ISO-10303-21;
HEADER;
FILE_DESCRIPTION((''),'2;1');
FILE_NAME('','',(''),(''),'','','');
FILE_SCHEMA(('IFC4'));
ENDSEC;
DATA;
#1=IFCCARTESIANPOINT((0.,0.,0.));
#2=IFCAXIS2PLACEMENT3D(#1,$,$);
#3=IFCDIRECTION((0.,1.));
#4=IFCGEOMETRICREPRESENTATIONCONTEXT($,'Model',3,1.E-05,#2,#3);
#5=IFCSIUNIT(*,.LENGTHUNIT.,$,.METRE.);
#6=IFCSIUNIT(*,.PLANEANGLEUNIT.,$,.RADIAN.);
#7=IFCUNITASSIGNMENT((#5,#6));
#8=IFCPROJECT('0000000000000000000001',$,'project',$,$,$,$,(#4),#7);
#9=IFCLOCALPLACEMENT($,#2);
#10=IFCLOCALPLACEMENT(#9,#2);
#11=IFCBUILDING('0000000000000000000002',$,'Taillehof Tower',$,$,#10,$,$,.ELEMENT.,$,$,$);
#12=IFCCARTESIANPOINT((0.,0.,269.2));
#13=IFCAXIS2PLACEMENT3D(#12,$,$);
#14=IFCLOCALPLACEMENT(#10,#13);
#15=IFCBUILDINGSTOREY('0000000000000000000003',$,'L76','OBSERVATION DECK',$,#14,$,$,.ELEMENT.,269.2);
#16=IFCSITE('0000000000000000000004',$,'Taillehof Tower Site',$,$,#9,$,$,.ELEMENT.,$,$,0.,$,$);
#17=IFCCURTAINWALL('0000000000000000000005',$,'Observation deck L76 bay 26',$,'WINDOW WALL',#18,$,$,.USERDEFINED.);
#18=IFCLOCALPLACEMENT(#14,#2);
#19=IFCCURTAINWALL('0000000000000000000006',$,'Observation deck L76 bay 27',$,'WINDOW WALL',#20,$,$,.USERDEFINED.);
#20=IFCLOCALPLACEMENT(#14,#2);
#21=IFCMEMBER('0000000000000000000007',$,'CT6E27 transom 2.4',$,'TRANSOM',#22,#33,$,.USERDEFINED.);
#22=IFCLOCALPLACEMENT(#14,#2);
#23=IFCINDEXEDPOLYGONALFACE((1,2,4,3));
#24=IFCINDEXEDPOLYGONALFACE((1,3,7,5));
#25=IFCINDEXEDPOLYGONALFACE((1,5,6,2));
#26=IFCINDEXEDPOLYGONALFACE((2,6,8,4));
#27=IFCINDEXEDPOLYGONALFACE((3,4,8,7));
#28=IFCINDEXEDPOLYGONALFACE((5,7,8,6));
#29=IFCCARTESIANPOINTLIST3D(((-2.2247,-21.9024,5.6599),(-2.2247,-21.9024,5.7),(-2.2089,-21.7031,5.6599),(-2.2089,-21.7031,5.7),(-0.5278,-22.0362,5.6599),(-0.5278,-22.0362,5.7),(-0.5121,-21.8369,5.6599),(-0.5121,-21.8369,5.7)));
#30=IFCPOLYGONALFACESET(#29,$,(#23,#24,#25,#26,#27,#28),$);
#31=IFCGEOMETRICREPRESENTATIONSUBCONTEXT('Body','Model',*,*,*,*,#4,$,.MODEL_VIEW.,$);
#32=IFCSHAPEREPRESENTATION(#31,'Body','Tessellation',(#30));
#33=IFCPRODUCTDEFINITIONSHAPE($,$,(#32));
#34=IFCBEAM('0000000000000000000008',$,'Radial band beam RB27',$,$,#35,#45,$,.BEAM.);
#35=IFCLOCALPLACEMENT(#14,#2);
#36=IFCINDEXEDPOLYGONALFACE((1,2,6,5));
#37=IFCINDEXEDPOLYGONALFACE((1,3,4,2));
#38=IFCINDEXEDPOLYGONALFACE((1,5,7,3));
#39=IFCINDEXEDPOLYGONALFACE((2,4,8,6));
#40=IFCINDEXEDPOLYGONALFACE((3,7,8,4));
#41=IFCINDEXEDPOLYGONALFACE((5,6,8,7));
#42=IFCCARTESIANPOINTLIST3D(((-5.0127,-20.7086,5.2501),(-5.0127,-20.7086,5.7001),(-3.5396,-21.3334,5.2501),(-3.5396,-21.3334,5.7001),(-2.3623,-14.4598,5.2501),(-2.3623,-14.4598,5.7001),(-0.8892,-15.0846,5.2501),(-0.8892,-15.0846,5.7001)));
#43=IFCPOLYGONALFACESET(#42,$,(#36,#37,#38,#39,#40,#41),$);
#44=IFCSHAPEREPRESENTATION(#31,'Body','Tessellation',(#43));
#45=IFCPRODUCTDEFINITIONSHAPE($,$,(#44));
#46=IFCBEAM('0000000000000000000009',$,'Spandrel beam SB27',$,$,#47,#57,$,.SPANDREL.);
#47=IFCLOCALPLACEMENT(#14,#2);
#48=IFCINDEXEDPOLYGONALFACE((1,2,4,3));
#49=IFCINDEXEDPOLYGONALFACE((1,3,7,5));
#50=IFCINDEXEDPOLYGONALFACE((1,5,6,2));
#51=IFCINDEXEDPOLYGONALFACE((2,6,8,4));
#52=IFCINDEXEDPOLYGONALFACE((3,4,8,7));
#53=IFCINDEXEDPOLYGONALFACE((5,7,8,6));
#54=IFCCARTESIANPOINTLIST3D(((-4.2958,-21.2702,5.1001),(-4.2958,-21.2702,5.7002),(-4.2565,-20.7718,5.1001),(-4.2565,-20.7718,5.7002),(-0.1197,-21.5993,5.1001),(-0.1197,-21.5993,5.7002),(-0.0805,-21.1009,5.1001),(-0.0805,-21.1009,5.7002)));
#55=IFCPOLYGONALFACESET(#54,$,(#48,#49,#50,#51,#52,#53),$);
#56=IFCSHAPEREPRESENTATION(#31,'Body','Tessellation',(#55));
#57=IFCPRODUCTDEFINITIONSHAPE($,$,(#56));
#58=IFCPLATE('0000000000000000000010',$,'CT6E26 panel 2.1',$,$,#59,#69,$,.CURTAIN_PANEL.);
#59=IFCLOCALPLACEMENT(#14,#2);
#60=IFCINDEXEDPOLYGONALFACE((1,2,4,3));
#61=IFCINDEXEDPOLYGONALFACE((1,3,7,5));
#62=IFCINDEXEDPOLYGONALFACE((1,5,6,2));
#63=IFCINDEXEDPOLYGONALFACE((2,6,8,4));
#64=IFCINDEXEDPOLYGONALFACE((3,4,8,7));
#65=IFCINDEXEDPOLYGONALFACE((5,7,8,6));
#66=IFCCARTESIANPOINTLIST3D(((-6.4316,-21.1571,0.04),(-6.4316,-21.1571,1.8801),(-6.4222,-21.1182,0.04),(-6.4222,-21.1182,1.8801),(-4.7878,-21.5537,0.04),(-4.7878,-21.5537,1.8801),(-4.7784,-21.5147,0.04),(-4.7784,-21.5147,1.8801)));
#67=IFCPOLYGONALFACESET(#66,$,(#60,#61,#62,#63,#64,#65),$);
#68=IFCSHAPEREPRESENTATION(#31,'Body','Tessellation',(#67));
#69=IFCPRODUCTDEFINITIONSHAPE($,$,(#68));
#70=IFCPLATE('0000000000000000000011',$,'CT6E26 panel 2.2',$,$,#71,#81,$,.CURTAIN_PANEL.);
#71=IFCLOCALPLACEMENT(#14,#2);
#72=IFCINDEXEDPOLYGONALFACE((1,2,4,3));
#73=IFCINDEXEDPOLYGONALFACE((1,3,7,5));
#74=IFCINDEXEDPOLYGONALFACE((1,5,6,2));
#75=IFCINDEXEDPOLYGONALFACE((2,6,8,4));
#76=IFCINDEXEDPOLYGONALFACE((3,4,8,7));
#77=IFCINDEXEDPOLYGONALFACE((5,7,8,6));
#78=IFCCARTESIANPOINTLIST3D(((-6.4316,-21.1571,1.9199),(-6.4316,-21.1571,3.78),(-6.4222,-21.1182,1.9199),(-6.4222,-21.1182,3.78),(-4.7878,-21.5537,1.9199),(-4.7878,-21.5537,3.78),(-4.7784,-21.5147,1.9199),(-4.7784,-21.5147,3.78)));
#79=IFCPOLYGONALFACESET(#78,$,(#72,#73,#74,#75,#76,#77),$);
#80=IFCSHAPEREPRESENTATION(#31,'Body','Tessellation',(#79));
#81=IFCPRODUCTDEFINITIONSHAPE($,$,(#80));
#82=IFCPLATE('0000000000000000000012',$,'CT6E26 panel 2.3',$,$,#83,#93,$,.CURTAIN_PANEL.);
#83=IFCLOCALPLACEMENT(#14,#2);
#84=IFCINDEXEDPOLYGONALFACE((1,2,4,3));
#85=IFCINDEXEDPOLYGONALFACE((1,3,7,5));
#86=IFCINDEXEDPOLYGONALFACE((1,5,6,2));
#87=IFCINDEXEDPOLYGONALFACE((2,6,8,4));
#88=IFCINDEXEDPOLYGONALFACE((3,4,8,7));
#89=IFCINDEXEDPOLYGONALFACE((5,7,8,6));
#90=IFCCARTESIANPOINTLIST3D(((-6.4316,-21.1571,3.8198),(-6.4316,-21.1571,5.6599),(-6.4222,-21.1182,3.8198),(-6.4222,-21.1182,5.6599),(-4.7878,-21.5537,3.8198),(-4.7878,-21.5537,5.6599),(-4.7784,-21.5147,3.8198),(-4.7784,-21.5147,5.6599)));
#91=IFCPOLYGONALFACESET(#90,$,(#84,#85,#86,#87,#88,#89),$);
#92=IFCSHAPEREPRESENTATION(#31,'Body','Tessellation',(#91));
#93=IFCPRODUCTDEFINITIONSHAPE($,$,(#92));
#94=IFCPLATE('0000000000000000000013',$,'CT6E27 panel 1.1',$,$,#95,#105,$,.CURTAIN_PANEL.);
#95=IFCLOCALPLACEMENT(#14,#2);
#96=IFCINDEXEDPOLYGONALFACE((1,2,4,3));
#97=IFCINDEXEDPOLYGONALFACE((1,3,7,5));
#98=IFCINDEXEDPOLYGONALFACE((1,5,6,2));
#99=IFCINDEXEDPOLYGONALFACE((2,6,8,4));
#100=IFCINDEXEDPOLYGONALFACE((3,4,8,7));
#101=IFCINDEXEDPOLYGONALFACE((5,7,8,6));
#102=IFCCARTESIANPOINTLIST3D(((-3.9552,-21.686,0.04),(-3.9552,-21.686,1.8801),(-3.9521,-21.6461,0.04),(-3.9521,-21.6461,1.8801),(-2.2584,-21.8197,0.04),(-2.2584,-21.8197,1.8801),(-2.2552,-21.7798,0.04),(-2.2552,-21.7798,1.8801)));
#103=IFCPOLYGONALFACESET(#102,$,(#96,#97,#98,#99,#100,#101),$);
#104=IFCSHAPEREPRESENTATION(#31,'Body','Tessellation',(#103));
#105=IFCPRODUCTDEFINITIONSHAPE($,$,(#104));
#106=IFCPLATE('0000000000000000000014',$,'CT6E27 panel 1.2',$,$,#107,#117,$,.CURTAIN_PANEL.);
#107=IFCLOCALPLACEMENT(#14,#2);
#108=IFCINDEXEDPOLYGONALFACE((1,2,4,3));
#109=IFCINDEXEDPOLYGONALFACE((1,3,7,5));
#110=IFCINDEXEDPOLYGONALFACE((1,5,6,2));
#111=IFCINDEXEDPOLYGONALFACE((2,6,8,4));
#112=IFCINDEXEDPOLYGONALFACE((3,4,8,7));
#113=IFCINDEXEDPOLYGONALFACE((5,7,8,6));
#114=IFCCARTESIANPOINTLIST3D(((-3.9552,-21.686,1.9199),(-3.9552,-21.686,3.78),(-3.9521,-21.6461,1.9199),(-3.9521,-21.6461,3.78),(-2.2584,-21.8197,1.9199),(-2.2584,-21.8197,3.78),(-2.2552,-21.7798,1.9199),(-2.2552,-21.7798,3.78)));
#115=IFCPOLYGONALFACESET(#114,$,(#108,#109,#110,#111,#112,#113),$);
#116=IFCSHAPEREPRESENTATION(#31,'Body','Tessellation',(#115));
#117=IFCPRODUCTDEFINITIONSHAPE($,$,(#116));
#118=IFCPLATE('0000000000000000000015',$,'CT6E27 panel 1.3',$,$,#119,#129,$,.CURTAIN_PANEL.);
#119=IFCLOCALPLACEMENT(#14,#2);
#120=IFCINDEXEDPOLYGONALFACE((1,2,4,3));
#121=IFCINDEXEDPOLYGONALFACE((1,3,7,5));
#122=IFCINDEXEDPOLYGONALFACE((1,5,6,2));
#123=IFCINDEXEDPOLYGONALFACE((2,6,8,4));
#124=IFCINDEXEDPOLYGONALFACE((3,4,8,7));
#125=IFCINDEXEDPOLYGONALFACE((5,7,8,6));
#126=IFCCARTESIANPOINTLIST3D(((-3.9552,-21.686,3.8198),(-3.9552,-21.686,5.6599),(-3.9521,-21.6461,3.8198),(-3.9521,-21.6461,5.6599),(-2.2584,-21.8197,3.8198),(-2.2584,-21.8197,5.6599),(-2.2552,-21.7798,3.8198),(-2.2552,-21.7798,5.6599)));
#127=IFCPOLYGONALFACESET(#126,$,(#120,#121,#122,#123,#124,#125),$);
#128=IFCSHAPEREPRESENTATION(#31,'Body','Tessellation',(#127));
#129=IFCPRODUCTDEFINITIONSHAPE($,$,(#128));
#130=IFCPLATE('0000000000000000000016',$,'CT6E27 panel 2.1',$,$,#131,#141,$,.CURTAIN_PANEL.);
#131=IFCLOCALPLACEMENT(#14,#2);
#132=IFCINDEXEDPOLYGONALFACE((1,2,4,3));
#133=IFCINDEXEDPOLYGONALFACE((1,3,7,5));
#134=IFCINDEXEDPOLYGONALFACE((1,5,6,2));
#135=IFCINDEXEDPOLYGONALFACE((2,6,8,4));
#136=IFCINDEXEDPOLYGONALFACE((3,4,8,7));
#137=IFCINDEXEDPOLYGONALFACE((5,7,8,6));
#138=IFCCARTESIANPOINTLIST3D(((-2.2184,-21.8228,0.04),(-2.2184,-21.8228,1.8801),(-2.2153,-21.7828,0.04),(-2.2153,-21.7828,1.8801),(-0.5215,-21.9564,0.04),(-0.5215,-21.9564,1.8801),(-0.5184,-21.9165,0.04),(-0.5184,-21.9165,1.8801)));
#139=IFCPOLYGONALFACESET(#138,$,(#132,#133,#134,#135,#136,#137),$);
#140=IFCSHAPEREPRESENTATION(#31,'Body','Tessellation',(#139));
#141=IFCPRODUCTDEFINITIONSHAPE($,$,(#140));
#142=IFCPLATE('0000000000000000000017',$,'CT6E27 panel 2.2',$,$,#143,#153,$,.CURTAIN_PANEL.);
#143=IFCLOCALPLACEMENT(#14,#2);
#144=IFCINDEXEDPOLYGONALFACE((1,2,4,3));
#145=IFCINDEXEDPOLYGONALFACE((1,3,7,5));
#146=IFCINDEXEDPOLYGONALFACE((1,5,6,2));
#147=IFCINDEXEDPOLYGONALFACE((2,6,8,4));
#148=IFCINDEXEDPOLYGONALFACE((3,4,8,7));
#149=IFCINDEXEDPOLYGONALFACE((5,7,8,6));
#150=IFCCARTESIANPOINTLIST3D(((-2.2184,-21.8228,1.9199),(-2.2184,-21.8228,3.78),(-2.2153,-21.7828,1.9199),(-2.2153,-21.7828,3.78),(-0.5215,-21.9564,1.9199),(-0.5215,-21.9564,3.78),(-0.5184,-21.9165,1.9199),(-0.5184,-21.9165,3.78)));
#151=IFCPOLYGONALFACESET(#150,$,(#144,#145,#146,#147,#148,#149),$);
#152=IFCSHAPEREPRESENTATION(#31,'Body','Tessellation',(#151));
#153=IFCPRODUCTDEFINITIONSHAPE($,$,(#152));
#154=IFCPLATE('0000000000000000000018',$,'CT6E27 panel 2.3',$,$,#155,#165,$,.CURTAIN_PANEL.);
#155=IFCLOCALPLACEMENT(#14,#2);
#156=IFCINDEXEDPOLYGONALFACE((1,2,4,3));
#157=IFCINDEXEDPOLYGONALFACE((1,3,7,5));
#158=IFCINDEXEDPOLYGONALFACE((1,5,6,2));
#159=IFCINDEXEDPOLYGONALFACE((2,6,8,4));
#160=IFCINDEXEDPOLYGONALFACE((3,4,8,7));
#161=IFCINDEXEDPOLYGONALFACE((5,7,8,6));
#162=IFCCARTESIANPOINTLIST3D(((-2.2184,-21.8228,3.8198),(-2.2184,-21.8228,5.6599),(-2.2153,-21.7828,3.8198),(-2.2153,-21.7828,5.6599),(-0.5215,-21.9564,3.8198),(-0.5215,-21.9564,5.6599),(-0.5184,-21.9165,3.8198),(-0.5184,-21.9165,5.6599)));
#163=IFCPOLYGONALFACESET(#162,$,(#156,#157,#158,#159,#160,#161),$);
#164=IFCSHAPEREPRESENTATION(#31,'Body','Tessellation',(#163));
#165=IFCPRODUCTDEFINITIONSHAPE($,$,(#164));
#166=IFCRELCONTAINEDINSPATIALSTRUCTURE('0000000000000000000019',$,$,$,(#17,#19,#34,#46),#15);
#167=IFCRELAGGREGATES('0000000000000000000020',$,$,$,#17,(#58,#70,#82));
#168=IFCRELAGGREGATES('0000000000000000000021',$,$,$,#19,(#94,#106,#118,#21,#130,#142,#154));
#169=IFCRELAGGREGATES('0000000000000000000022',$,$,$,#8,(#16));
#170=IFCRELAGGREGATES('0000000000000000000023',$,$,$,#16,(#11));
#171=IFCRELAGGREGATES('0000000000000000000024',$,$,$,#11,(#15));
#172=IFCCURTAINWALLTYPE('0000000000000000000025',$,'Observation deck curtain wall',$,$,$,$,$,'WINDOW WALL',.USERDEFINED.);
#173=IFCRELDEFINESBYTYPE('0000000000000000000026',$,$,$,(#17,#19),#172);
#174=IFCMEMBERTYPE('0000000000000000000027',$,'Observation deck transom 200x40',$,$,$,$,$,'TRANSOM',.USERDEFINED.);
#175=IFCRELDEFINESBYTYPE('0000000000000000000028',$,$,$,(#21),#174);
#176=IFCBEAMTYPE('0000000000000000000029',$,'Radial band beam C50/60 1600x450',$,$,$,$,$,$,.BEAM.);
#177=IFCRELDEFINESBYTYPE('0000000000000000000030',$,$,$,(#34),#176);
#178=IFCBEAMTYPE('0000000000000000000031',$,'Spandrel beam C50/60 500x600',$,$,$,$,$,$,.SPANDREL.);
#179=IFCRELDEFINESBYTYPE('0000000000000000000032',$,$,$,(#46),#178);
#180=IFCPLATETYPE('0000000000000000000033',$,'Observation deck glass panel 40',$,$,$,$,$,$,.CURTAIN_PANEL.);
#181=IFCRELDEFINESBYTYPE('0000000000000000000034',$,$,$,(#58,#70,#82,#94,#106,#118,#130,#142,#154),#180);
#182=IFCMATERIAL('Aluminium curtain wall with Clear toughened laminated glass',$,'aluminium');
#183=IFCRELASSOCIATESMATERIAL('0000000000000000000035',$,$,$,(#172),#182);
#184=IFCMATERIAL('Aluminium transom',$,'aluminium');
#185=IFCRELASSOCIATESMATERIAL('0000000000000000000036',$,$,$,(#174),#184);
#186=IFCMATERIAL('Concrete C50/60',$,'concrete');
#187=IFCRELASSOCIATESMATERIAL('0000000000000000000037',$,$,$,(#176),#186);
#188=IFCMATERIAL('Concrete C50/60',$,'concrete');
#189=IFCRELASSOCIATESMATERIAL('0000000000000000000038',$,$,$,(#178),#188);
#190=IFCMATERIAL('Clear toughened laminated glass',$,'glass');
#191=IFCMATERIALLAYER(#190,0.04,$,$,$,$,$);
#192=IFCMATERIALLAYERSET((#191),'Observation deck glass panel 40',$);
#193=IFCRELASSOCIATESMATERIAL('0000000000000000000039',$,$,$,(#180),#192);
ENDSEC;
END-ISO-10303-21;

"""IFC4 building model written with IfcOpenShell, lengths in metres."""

from ifc_helpers import new_model, si_unit, direction, frame, origin, origin_2d, place, context, subcontext, project, spatial, rectangle, extrude, material, layer, layer_set, material_profile, profile_set, type_object, element, aggregate, save


model = new_model("IFC4")

# Units and contexts
model_context = context("Model", 3, precision=1e-05, world=origin(), true_north=direction((0.0, 1.0)))
body_context = subcontext(model_context, "Body", "Model", "MODEL_VIEW")
ifc_project = project(units=[si_unit("LENGTHUNIT", "METRE"), si_unit("PLANEANGLEUNIT", "RADIAN")], contexts=[model_context])

# Site, building, storey
site_placement = place(None, origin())
site = spatial("IfcSite", under=ifc_project, at=site_placement, Name="Taillehof Tower Site", CompositionType="ELEMENT", RefElevation=0.0)
building_placement = place(site_placement, origin())
building = spatial("IfcBuilding", under=site, at=building_placement, Name="Taillehof Tower", CompositionType="ELEMENT")
storey_placement = place(building_placement, frame((0.0, 0.0, 269.2)))
storey = spatial("IfcBuildingStorey", under=building, at=storey_placement, Name="L76", Description="OBSERVATION DECK", CompositionType="ELEMENT", Elevation=269.2)

# Curtain wall
ifc_material_1 = material(Name="Aluminium curtain wall with Clear toughened laminated glass", Category="aluminium")
curtain_wall_type = type_object("IfcCurtainWallType", Name="Observation deck curtain wall", ElementType="WINDOW WALL", PredefinedType="USERDEFINED", material=ifc_material_1)
curtain_wall_1_placement = place(storey_placement, origin())
curtain_wall_1 = element("IfcCurtainWall", 1, at=curtain_wall_1_placement, inside=storey, type_object=curtain_wall_type, Name="Observation deck L76 bay 26", ObjectType="WINDOW WALL", PredefinedType="USERDEFINED")

# Curtain wall
curtain_wall_2_placement = place(storey_placement, origin())
curtain_wall_2 = element("IfcCurtainWall", 2, at=curtain_wall_2_placement, inside=storey, type_object=curtain_wall_type, Name="Observation deck L76 bay 27", ObjectType="WINDOW WALL", PredefinedType="USERDEFINED")

# Member
ifc_material_2 = material(Name="Aluminium transom", Category="aluminium")
ifc_material_profile_1 = material_profile(ifc_material_2, rectangle(XDim=0.2, YDim=0.04, at=origin_2d()), Name="AL 200x40")
ifc_profile_set_1 = profile_set([ifc_material_profile_1], Name="Aluminium transom")
member_type_1 = type_object("IfcMemberType", Name="Observation deck transom 200x40", ElementType="TRANSOM", PredefinedType="USERDEFINED", material=ifc_profile_set_1)
member_1_placement = place(storey_placement, frame((-2.2168, -21.8027, 5.6799), z_axis=(0.996906, -0.078605, 0.0), x_axis=(0.078605, 0.996906, 0.0)))
member_1 = element("IfcMember", 3, at=member_1_placement, type_object=member_type_1, Name="CT6E27 transom 2.4", ObjectType="TRANSOM", PredefinedType="USERDEFINED", context=body_context, shape_type="SweptSolid", body=[
    extrude(rectangle(XDim=0.2, YDim=0.04, at=origin_2d()), origin(), (0.0, 0.0, 1.0), 1.7021),
])

# Beams
ifc_material_3 = material(Name="Concrete C50/60", Category="concrete")
ifc_material_profile_2 = material_profile(ifc_material_3, rectangle(XDim=1.6001, YDim=0.45, at=origin_2d()), Name="RC 1600x450")
ifc_profile_set_2 = profile_set([ifc_material_profile_2], Name="Concrete C50/60")
beam_type_1 = type_object("IfcBeamType", Name="Radial band beam C50/60 1600x450", PredefinedType="BEAM", material=ifc_profile_set_2)
beam_1_placement = place(storey_placement, frame((-4.2761, -21.021, 5.4751), z_axis=(0.390474, 0.920614, 0.0), x_axis=(-0.920614, 0.390474, 0.0)))
element("IfcBeam", 4, at=beam_1_placement, inside=storey, type_object=beam_type_1, Name="Radial band beam RB27", PredefinedType="BEAM", context=body_context, shape_type="SweptSolid", body=[
    extrude(rectangle(XDim=1.6001, YDim=0.45, at=origin_2d()), origin(), (0.0, 0.0, 1.0), 6.7876),
])
ifc_material_4 = material(Name="Concrete C50/60", Category="concrete")
ifc_material_profile_3 = material_profile(ifc_material_4, rectangle(XDim=0.5, YDim=0.6001, at=origin_2d()), Name="RC 500x600")
ifc_profile_set_3 = profile_set([ifc_material_profile_3], Name="Concrete C50/60")
beam_type_2 = type_object("IfcBeamType", Name="Spandrel beam C50/60 500x600", PredefinedType="SPANDREL", material=ifc_profile_set_3)
beam_2_placement = place(storey_placement, frame((-4.2761, -21.021, 5.4001), z_axis=(0.996909, -0.078564, 0.0), x_axis=(0.078564, 0.996909, 0.0)))
element("IfcBeam", 5, at=beam_2_placement, inside=storey, type_object=beam_type_2, Name="Spandrel beam SB27", PredefinedType="SPANDREL", context=body_context, shape_type="SweptSolid", body=[
    extrude(rectangle(XDim=0.5, YDim=0.6001, at=origin_2d()), origin(), (0.0, 0.0, 1.0), 4.189),
])

# Plates
ifc_material_5 = material(Name="Clear toughened laminated glass", Category="glass")
ifc_layer = layer(ifc_material_5, 0.04)
ifc_layer_set = layer_set([ifc_layer], Name="Observation deck glass panel 40")
plate_type = type_object("IfcPlateType", Name="Observation deck glass panel 40", PredefinedType="CURTAIN_PANEL", material=ifc_layer_set)
plate_1_placement = place(storey_placement, frame((-5.605, -21.3359, 0.04), z_axis=(0.0, 0.0, 1.0), x_axis=(0.972113, -0.234515, 0.0)))
plate_1 = element("IfcPlate", 6, at=plate_1_placement, type_object=plate_type, Name="CT6E26 panel 2.1", PredefinedType="CURTAIN_PANEL", context=body_context, shape_type="SweptSolid", body=[
    extrude(rectangle(XDim=1.6909, YDim=0.04, at=origin_2d()), origin(), (0.0, 0.0, 1.0), 1.8401),
])
plate_2_placement = place(storey_placement, frame((-5.605, -21.3359, 1.9199), z_axis=(0.0, 0.0, 1.0), x_axis=(0.972113, -0.234515, 0.0)))
plate_2 = element("IfcPlate", 7, at=plate_2_placement, type_object=plate_type, Name="CT6E26 panel 2.2", PredefinedType="CURTAIN_PANEL", context=body_context, shape_type="SweptSolid", body=[
    extrude(rectangle(XDim=1.6909, YDim=0.04, at=origin_2d()), origin(), (0.0, 0.0, 1.0), 1.8601),
])
plate_3_placement = place(storey_placement, frame((-5.605, -21.3359, 3.8198), z_axis=(0.0, 0.0, 1.0), x_axis=(0.972113, -0.234515, 0.0)))
plate_3 = element("IfcPlate", 8, at=plate_3_placement, type_object=plate_type, Name="CT6E26 panel 2.3", PredefinedType="CURTAIN_PANEL", context=body_context, shape_type="SweptSolid", body=[
    extrude(rectangle(XDim=1.6909, YDim=0.04, at=origin_2d()), origin(), (0.0, 0.0, 1.0), 1.8401),
])
aggregate(curtain_wall_1, [plate_1, plate_2, plate_3])
plate_4_placement = place(storey_placement, frame((-3.1052, -21.7329, 0.04), z_axis=(0.0, 0.0, 1.0), x_axis=(0.996912, -0.078525, 0.0)))
plate_4 = element("IfcPlate", 9, at=plate_4_placement, type_object=plate_type, Name="CT6E27 panel 1.1", PredefinedType="CURTAIN_PANEL", context=body_context, shape_type="SweptSolid", body=[
    extrude(rectangle(XDim=1.7021, YDim=0.04, at=origin_2d()), origin(), (0.0, 0.0, 1.0), 1.8401),
])
plate_5_placement = place(storey_placement, frame((-3.1052, -21.7329, 1.9199), z_axis=(0.0, 0.0, 1.0), x_axis=(0.996912, -0.078525, 0.0)))
plate_5 = element("IfcPlate", 10, at=plate_5_placement, type_object=plate_type, Name="CT6E27 panel 1.2", PredefinedType="CURTAIN_PANEL", context=body_context, shape_type="SweptSolid", body=[
    extrude(rectangle(XDim=1.7021, YDim=0.04, at=origin_2d()), origin(), (0.0, 0.0, 1.0), 1.8601),
])
plate_6_placement = place(storey_placement, frame((-3.1052, -21.7329, 3.8198), z_axis=(0.0, 0.0, 1.0), x_axis=(0.996912, -0.078525, 0.0)))
plate_6 = element("IfcPlate", 11, at=plate_6_placement, type_object=plate_type, Name="CT6E27 panel 1.3", PredefinedType="CURTAIN_PANEL", context=body_context, shape_type="SweptSolid", body=[
    extrude(rectangle(XDim=1.7021, YDim=0.04, at=origin_2d()), origin(), (0.0, 0.0, 1.0), 1.8401),
])
plate_7_placement = place(storey_placement, frame((-1.3684, -21.8696, 0.04), z_axis=(0.0, 0.0, 1.0), x_axis=(0.996912, -0.078525, 0.0)))
plate_7 = element("IfcPlate", 12, at=plate_7_placement, type_object=plate_type, Name="CT6E27 panel 2.1", PredefinedType="CURTAIN_PANEL", context=body_context, shape_type="SweptSolid", body=[
    extrude(rectangle(XDim=1.7021, YDim=0.04, at=origin_2d()), origin(), (0.0, 0.0, 1.0), 1.8401),
])
plate_8_placement = place(storey_placement, frame((-1.3684, -21.8696, 1.9199), z_axis=(0.0, 0.0, 1.0), x_axis=(0.996912, -0.078525, 0.0)))
plate_8 = element("IfcPlate", 13, at=plate_8_placement, type_object=plate_type, Name="CT6E27 panel 2.2", PredefinedType="CURTAIN_PANEL", context=body_context, shape_type="SweptSolid", body=[
    extrude(rectangle(XDim=1.7021, YDim=0.04, at=origin_2d()), origin(), (0.0, 0.0, 1.0), 1.8601),
])
plate_9_placement = place(storey_placement, frame((-1.3684, -21.8696, 3.8198), z_axis=(0.0, 0.0, 1.0), x_axis=(0.996912, -0.078525, 0.0)))
plate_9 = element("IfcPlate", 14, at=plate_9_placement, type_object=plate_type, Name="CT6E27 panel 2.3", PredefinedType="CURTAIN_PANEL", context=body_context, shape_type="SweptSolid", body=[
    extrude(rectangle(XDim=1.7021, YDim=0.04, at=origin_2d()), origin(), (0.0, 0.0, 1.0), 1.8401),
])
aggregate(curtain_wall_2, [plate_4, plate_5, plate_6, member_1, plate_7, plate_8, plate_9])

save(model, "model.ifc")
